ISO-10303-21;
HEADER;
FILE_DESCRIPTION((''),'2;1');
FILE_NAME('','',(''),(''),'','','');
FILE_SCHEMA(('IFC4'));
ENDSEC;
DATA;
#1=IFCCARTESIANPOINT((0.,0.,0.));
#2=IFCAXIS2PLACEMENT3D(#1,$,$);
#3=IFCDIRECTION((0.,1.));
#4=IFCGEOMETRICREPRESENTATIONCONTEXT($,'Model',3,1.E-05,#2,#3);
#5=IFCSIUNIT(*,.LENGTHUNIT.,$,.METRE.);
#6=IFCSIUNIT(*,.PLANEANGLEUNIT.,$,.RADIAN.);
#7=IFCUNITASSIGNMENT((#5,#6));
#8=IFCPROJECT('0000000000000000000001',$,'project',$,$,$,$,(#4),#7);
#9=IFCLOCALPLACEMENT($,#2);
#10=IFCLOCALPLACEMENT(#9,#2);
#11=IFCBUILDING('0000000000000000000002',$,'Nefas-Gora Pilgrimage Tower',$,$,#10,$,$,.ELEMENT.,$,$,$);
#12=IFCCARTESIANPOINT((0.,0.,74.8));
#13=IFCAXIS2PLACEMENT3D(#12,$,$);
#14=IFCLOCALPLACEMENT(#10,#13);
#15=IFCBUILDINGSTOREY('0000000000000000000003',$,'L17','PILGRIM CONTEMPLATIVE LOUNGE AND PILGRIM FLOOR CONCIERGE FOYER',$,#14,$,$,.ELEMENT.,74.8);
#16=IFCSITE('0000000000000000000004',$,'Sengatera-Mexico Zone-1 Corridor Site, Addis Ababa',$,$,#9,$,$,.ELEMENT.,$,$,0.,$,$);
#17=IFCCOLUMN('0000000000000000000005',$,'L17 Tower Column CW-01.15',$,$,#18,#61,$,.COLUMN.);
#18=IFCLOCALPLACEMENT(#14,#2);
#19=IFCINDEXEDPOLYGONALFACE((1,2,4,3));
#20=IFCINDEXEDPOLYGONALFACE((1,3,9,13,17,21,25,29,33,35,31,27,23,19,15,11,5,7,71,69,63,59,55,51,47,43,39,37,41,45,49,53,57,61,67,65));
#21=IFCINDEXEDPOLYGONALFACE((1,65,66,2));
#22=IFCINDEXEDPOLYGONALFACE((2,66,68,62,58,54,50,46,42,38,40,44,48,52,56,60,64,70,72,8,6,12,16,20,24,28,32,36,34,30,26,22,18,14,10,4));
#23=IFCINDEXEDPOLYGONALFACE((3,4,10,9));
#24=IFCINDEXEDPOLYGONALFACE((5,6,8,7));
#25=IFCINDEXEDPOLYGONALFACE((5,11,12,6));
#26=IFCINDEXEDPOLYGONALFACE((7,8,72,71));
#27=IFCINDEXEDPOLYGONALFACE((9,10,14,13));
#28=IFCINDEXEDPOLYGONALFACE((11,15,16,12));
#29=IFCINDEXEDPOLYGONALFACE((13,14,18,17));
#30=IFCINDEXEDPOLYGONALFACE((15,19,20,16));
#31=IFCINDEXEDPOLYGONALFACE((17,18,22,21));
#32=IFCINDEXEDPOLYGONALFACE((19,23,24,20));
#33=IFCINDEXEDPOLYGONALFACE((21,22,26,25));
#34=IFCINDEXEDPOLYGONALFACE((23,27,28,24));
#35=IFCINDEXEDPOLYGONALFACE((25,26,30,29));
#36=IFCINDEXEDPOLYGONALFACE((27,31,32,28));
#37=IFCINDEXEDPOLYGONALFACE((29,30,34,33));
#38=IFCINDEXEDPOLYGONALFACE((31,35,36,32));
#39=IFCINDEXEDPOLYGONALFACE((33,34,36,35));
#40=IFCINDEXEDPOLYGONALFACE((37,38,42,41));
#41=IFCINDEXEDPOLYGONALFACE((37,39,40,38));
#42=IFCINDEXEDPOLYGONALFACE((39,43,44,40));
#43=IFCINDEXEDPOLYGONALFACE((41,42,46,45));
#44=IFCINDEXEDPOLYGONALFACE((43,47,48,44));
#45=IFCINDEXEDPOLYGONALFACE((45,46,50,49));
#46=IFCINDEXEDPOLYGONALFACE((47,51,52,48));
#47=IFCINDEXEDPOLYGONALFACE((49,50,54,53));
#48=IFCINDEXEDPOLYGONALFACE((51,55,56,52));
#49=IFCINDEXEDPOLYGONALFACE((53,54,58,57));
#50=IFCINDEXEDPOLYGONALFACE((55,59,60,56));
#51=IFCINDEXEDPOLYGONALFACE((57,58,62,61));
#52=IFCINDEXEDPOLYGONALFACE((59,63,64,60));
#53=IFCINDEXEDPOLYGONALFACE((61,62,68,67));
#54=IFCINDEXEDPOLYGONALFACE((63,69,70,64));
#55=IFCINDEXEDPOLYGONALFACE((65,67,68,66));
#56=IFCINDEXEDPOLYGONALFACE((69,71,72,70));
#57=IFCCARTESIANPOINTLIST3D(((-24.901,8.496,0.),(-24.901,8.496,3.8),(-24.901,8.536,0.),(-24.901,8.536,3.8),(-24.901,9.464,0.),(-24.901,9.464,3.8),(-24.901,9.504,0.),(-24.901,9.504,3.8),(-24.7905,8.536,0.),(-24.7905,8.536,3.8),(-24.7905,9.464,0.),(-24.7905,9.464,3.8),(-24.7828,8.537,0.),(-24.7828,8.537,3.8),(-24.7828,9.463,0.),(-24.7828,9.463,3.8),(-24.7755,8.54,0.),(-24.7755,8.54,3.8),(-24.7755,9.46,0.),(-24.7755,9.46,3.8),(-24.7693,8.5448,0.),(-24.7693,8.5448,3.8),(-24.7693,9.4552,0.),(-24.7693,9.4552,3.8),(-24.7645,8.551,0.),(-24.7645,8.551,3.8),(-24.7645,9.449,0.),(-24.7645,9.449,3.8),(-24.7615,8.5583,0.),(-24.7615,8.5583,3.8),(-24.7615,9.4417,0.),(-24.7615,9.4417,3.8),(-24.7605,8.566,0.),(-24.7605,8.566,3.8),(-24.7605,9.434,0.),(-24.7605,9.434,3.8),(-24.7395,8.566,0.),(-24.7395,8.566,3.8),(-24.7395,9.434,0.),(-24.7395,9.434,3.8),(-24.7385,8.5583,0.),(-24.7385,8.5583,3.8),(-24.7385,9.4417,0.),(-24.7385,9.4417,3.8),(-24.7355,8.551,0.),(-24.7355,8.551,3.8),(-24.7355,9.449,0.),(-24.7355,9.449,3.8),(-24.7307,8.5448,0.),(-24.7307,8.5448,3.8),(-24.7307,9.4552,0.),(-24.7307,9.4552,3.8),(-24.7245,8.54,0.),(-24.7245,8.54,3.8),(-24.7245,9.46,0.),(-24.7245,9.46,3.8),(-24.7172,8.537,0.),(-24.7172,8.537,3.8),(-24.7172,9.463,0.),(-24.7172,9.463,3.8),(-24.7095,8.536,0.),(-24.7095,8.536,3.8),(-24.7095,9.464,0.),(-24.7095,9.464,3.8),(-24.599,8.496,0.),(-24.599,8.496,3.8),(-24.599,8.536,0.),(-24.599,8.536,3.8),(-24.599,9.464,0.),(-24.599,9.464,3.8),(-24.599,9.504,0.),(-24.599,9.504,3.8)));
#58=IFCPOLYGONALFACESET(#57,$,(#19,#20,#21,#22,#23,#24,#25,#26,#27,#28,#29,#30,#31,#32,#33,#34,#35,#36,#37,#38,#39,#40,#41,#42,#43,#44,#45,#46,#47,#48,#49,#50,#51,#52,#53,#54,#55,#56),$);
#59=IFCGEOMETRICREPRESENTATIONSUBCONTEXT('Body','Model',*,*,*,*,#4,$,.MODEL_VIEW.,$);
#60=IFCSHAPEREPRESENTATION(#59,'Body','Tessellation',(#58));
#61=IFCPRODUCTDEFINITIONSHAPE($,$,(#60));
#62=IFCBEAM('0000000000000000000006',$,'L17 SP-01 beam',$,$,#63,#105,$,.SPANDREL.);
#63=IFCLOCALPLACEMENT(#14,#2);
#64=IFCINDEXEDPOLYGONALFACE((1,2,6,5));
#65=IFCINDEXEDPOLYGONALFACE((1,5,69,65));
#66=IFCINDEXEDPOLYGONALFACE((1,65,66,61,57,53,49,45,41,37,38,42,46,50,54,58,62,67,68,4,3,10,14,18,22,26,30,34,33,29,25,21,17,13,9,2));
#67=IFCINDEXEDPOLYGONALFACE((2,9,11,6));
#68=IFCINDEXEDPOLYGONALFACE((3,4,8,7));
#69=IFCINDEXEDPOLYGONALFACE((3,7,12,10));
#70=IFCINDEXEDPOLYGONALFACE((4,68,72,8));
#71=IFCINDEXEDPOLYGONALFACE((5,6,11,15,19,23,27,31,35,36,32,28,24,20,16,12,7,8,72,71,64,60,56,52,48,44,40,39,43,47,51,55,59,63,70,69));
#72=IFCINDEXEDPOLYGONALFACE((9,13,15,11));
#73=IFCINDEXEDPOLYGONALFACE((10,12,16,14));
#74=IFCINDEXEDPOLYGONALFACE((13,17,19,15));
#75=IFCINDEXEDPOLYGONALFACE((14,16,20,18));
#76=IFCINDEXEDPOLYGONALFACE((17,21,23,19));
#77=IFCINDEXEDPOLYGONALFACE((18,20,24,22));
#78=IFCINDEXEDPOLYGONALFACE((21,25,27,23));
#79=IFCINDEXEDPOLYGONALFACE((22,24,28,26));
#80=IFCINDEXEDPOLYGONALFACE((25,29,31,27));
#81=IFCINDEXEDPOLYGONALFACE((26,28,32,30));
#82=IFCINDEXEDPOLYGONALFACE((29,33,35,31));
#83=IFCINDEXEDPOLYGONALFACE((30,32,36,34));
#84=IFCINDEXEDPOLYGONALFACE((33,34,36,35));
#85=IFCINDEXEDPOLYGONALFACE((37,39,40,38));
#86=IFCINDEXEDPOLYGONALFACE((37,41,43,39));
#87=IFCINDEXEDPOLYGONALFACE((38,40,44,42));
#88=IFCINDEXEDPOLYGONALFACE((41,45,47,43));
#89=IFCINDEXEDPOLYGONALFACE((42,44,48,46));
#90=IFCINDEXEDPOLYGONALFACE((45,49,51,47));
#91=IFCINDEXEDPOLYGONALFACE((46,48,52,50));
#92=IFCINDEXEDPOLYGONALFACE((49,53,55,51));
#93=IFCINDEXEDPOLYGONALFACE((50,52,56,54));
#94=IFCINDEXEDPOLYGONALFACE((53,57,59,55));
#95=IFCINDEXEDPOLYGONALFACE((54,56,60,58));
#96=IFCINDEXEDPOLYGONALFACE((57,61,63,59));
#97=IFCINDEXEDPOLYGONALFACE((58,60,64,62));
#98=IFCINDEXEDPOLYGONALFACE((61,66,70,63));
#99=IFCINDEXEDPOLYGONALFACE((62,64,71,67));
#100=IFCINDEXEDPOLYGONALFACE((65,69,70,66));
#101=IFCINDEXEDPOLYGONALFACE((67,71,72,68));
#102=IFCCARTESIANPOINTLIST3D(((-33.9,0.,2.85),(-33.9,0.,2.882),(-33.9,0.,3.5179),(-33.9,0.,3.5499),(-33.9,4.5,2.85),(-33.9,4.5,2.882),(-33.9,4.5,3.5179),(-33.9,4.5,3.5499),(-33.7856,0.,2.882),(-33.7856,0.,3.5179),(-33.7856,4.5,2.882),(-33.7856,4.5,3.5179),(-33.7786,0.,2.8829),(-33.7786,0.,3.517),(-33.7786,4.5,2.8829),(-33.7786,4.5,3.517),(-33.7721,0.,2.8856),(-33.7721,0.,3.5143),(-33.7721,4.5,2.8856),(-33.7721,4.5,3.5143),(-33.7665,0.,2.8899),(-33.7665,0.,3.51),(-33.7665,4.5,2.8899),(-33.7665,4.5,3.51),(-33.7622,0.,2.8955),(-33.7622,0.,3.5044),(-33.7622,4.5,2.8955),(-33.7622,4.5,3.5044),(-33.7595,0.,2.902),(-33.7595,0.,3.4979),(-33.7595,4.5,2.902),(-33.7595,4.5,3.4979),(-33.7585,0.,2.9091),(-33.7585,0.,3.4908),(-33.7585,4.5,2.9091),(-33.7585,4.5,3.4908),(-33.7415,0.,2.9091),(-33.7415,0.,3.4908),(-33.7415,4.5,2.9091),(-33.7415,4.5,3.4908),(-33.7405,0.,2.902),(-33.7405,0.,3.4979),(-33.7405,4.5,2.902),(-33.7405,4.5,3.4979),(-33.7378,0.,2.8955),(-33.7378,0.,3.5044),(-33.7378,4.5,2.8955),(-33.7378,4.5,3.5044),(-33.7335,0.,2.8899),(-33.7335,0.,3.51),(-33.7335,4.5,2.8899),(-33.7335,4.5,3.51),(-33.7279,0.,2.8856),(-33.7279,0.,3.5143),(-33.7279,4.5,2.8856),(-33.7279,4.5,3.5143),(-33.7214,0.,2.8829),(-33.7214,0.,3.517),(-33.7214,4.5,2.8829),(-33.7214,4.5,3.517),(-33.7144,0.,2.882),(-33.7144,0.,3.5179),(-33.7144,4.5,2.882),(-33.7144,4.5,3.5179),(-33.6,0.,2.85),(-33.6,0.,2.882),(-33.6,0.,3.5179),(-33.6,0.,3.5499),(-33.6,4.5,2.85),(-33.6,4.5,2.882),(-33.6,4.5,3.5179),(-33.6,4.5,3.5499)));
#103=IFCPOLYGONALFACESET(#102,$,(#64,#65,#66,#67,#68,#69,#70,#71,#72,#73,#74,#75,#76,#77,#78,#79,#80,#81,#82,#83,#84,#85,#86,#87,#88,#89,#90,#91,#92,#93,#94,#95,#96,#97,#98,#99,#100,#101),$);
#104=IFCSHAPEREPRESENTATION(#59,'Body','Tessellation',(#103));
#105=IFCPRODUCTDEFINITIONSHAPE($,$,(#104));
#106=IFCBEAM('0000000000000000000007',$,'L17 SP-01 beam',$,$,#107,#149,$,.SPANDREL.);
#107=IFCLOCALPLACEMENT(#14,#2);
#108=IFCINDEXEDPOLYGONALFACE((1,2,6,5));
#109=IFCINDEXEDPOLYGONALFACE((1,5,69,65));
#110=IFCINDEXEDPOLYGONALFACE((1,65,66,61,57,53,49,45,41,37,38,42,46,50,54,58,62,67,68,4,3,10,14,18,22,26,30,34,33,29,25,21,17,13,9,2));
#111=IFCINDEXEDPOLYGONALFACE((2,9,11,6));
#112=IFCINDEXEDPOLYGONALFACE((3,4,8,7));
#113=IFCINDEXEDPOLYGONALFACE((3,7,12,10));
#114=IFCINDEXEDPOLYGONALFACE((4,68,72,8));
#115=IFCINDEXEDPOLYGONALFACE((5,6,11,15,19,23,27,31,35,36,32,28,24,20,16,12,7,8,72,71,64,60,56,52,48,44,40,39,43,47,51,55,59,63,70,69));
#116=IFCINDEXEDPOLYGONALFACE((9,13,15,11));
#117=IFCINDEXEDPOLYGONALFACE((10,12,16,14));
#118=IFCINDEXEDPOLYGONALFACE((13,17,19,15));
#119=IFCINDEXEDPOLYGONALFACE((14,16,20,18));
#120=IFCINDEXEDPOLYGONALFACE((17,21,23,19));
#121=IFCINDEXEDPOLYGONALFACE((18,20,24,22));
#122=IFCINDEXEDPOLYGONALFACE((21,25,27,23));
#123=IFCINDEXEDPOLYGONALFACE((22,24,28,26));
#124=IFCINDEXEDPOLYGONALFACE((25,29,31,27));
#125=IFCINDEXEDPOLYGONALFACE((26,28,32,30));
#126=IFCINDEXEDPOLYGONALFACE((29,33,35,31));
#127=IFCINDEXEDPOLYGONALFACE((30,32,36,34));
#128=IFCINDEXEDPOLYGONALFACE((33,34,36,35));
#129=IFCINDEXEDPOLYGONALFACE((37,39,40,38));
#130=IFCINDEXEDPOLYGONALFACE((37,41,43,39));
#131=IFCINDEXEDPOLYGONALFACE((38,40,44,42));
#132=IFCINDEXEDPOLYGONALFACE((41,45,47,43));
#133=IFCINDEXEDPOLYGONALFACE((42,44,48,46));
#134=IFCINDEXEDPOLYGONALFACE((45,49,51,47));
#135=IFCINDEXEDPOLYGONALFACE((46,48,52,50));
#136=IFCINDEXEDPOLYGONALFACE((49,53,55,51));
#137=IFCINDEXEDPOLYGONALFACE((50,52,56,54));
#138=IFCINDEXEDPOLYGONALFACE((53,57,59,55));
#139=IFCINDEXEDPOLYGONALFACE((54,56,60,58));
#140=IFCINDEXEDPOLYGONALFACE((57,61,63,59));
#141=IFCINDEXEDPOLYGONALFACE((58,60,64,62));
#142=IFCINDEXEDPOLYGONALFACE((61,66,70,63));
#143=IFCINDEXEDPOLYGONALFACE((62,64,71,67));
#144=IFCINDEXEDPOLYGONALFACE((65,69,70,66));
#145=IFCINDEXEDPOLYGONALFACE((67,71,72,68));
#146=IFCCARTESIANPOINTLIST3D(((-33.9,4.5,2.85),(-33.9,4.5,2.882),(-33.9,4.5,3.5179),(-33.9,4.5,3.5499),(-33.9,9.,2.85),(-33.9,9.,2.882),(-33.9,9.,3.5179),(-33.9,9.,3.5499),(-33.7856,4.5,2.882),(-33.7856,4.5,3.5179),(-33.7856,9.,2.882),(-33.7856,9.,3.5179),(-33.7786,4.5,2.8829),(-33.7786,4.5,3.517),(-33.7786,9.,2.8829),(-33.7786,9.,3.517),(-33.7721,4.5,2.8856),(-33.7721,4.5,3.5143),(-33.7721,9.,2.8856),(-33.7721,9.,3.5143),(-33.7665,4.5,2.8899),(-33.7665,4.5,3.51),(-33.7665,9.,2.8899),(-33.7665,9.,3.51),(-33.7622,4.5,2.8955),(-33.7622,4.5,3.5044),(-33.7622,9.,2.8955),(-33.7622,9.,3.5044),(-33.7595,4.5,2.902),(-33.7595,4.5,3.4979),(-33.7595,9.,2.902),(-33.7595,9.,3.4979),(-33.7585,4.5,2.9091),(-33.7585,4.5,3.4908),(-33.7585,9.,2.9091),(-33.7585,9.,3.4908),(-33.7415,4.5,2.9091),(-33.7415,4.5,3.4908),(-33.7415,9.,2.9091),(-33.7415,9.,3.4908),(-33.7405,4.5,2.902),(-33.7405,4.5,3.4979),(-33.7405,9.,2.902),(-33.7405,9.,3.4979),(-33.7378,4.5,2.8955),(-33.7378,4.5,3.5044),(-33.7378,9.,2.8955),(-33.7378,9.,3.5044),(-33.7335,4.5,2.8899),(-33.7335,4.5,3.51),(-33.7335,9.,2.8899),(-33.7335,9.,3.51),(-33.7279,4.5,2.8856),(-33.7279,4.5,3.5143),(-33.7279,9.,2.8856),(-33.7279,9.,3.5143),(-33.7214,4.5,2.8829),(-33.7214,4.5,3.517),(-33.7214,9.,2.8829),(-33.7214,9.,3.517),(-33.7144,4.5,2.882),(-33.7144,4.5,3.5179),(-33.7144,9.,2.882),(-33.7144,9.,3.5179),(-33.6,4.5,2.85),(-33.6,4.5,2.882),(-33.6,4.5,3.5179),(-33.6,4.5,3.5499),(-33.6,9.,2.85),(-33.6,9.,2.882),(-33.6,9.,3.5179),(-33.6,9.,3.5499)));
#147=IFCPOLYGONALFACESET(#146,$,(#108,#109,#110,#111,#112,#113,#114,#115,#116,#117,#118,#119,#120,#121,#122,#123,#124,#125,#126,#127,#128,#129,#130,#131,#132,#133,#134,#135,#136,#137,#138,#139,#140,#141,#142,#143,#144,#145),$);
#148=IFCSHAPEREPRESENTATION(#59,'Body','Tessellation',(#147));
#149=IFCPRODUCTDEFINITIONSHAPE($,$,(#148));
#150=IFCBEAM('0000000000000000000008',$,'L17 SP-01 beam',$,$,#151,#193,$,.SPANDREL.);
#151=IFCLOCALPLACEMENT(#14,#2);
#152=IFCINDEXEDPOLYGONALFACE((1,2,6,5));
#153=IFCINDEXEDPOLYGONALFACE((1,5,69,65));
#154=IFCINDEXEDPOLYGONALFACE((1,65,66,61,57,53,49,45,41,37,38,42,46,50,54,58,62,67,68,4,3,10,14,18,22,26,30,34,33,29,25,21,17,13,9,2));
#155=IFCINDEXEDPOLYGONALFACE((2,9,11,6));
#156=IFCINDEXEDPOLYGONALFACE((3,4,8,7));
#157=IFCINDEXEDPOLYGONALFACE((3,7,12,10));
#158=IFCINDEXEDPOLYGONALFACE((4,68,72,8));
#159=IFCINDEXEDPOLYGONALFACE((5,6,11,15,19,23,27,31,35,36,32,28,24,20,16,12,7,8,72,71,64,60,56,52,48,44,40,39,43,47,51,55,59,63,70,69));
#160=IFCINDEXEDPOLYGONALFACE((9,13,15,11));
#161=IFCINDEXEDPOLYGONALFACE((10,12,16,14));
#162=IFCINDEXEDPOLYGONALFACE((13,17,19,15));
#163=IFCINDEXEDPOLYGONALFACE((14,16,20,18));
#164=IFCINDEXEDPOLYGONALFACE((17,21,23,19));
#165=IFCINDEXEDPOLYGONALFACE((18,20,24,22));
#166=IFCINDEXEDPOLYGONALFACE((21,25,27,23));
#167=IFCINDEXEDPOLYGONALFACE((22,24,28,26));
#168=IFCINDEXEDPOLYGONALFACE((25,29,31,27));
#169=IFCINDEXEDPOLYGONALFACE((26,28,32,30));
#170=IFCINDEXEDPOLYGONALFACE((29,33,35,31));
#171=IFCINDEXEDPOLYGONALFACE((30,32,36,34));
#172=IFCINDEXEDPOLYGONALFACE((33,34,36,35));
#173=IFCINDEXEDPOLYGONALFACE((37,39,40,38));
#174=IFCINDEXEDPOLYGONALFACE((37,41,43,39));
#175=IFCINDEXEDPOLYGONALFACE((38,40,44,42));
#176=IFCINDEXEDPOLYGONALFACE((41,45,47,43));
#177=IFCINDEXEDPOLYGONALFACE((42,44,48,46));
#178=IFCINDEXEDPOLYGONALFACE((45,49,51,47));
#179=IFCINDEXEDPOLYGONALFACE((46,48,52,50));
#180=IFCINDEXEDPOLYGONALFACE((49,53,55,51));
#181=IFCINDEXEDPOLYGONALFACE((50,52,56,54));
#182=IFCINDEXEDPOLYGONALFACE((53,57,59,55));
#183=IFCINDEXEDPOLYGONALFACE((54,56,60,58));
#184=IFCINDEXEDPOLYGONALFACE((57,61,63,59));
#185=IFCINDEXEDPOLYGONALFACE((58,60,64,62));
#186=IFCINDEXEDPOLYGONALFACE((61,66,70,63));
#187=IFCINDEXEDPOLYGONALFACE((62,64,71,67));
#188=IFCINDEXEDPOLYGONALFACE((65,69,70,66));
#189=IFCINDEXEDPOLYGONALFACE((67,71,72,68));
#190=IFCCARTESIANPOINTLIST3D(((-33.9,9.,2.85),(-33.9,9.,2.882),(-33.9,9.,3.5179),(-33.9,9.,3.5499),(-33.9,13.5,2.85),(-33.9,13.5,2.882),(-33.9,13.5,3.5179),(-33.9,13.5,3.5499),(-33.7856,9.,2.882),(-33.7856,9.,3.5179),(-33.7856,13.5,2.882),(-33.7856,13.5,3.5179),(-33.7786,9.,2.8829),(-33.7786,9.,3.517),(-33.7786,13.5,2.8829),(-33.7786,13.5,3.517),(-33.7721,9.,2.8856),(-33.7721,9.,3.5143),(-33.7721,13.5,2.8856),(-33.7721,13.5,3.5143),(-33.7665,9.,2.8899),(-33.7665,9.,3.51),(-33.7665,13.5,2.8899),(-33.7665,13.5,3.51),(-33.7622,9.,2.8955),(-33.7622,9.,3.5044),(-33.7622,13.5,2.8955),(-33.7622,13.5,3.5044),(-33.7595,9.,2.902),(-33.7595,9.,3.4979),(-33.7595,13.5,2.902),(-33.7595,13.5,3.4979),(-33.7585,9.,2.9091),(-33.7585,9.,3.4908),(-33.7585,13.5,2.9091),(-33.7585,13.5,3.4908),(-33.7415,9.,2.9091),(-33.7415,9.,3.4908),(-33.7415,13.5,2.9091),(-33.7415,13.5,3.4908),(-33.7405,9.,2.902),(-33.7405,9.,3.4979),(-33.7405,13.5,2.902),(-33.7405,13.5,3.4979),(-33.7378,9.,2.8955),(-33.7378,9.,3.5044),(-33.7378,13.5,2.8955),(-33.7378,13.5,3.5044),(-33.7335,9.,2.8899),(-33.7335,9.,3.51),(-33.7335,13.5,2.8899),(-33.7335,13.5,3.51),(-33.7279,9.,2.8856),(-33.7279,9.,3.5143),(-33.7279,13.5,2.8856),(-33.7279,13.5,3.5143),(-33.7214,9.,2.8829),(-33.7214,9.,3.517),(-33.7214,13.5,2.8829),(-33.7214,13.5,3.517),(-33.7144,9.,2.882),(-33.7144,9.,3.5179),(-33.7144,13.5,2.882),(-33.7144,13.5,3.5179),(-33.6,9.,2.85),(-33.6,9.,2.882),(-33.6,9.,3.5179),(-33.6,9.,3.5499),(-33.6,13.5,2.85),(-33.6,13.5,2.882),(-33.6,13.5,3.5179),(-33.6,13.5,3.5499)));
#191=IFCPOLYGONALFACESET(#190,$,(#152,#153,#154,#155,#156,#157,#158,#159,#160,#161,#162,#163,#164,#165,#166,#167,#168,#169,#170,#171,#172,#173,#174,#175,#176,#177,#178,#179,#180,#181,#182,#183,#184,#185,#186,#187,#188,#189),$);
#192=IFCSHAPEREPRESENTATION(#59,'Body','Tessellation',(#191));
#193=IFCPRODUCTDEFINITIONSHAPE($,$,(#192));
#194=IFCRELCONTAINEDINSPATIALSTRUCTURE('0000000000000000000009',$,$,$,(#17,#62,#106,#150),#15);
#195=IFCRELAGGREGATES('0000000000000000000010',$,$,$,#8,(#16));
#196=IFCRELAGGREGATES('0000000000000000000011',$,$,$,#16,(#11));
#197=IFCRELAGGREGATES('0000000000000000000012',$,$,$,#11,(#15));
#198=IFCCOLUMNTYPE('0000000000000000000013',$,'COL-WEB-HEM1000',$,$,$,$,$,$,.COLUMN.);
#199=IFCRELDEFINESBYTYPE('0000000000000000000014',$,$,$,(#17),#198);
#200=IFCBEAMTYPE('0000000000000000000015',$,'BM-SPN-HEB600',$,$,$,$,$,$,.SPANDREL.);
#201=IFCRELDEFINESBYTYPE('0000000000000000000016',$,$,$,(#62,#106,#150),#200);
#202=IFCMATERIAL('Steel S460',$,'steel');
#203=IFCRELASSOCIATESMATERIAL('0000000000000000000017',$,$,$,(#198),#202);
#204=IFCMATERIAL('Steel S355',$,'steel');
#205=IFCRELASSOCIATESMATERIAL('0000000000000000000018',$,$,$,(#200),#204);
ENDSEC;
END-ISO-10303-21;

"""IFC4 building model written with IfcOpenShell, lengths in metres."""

from ifc_helpers import new_model, si_unit, direction, frame, origin, origin_2d, place, context, subcontext, project, spatial, i_section, extrude, source, transform, mapped, material, material_profile, profile_set, type_object, element, save


model = new_model("IFC4")

# Units and contexts
model_context = context("Model", 3, precision=1e-05, world=origin(), true_north=direction((0.0, 1.0)))
body_context = subcontext(model_context, "Body", "Model", "MODEL_VIEW")
ifc_project = project(units=[si_unit("LENGTHUNIT", "METRE"), si_unit("PLANEANGLEUNIT", "RADIAN")], contexts=[model_context])

# Site, building, storey
site_placement = place(None, origin())
site = spatial("IfcSite", under=ifc_project, at=site_placement, Name="Sengatera-Mexico Zone-1 Corridor Site, Addis Ababa", CompositionType="ELEMENT", RefElevation=0.0)
building_placement = place(site_placement, origin())
building = spatial("IfcBuilding", under=site, at=building_placement, Name="Nefas-Gora Pilgrimage Tower", CompositionType="ELEMENT")
storey_placement = place(building_placement, frame((0.0, 0.0, 74.8)))
storey = spatial("IfcBuildingStorey", under=building, at=storey_placement, Name="L17", Description="PILGRIM CONTEMPLATIVE LOUNGE AND PILGRIM FLOOR CONCIERGE FOYER", CompositionType="ELEMENT", Elevation=74.8)

# Column
ifc_material_1 = material(Name="Steel S460", Category="steel")
ifc_material_profile_1 = material_profile(ifc_material_1, i_section(OverallWidth=0.302, OverallDepth=1.0081, WebThickness=0.021, FlangeThickness=0.04, FilletRadius=0.03, at=origin_2d()), Name="HEM 1000")
ifc_profile_set_1 = profile_set([ifc_material_profile_1], Name="Steel S460")
column_type_1 = type_object("IfcColumnType", Name="COL-WEB-HEM1000", PredefinedType="COLUMN", material=ifc_profile_set_1)
shared_shape_1 = source(origin(), body_context, "Body", "SweptSolid", [
    extrude(i_section(OverallWidth=0.302, OverallDepth=1.0081, WebThickness=0.021, FlangeThickness=0.04, FilletRadius=0.03, at=origin_2d()), origin(), (0.0, 0.0, 1.0), 3.8),
])
for number, where, z_axis, x_axis, name in (
    (1, (-24.75, 9.0, 0.0), (0.0, 0.0, 1.0), (1.0, 0.0, 0.0), "L17 Tower Column CW-01.15"),
):
    element("IfcColumn", number, at=place(storey_placement, frame(where, z_axis=z_axis, x_axis=x_axis)), inside=storey, type_object=column_type_1, Name=name, PredefinedType="COLUMN", context=body_context, shape_type="MappedRepresentation", body=[
        mapped(shared_shape_1, transform((0.0, 0.0, 0.0), x_axis=(1.0, 0.0, 0.0), y_axis=(0.0, 1.0, 0.0), z_axis=(0.0, 0.0, 1.0), scale=1.0)),
    ])

# Beams
ifc_material_2 = material(Name="Steel S355", Category="steel")
ifc_material_profile_2 = material_profile(ifc_material_2, i_section(OverallWidth=0.3, OverallDepth=0.7, WebThickness=0.0171, FlangeThickness=0.032, FilletRadius=0.0271, at=origin_2d()), Name="HEB 700")
ifc_profile_set_2 = profile_set([ifc_material_profile_2], Name="Steel S355")
beam_type_1 = type_object("IfcBeamType", Name="BM-SPN-HEB600", PredefinedType="SPANDREL", material=ifc_profile_set_2)
shared_shape_2 = source(origin(), body_context, "Body", "SweptSolid", [
    extrude(i_section(OverallWidth=0.3, OverallDepth=0.7, WebThickness=0.0171, FlangeThickness=0.032, FilletRadius=0.0271, at=origin_2d()), origin(), (0.0, 0.0, 1.0), 4.5),
])
for number, where, z_axis, x_axis, name in (
    (2, (-33.75, 0.0, 3.2), (0.0, 1.0, 0.0), (-1.0, 0.0, 0.0), "L17 SP-01 beam"),
    (3, (-33.75, 4.5, 3.2), (0.0, 1.0, 0.0), (-1.0, 0.0, 0.0), "L17 SP-01 beam"),
    (4, (-33.75, 9.0, 3.2), (0.0, 1.0, 0.0), (-1.0, 0.0, 0.0), "L17 SP-01 beam"),
):
    element("IfcBeam", number, at=place(storey_placement, frame(where, z_axis=z_axis, x_axis=x_axis)), inside=storey, type_object=beam_type_1, Name=name, PredefinedType="SPANDREL", context=body_context, shape_type="MappedRepresentation", body=[
        mapped(shared_shape_2, transform((0.0, 0.0, 0.0), x_axis=(1.0, 0.0, 0.0), y_axis=(0.0, 1.0, 0.0), z_axis=(0.0, 0.0, 1.0), scale=1.0)),
    ])

save(model, "model.ifc")
